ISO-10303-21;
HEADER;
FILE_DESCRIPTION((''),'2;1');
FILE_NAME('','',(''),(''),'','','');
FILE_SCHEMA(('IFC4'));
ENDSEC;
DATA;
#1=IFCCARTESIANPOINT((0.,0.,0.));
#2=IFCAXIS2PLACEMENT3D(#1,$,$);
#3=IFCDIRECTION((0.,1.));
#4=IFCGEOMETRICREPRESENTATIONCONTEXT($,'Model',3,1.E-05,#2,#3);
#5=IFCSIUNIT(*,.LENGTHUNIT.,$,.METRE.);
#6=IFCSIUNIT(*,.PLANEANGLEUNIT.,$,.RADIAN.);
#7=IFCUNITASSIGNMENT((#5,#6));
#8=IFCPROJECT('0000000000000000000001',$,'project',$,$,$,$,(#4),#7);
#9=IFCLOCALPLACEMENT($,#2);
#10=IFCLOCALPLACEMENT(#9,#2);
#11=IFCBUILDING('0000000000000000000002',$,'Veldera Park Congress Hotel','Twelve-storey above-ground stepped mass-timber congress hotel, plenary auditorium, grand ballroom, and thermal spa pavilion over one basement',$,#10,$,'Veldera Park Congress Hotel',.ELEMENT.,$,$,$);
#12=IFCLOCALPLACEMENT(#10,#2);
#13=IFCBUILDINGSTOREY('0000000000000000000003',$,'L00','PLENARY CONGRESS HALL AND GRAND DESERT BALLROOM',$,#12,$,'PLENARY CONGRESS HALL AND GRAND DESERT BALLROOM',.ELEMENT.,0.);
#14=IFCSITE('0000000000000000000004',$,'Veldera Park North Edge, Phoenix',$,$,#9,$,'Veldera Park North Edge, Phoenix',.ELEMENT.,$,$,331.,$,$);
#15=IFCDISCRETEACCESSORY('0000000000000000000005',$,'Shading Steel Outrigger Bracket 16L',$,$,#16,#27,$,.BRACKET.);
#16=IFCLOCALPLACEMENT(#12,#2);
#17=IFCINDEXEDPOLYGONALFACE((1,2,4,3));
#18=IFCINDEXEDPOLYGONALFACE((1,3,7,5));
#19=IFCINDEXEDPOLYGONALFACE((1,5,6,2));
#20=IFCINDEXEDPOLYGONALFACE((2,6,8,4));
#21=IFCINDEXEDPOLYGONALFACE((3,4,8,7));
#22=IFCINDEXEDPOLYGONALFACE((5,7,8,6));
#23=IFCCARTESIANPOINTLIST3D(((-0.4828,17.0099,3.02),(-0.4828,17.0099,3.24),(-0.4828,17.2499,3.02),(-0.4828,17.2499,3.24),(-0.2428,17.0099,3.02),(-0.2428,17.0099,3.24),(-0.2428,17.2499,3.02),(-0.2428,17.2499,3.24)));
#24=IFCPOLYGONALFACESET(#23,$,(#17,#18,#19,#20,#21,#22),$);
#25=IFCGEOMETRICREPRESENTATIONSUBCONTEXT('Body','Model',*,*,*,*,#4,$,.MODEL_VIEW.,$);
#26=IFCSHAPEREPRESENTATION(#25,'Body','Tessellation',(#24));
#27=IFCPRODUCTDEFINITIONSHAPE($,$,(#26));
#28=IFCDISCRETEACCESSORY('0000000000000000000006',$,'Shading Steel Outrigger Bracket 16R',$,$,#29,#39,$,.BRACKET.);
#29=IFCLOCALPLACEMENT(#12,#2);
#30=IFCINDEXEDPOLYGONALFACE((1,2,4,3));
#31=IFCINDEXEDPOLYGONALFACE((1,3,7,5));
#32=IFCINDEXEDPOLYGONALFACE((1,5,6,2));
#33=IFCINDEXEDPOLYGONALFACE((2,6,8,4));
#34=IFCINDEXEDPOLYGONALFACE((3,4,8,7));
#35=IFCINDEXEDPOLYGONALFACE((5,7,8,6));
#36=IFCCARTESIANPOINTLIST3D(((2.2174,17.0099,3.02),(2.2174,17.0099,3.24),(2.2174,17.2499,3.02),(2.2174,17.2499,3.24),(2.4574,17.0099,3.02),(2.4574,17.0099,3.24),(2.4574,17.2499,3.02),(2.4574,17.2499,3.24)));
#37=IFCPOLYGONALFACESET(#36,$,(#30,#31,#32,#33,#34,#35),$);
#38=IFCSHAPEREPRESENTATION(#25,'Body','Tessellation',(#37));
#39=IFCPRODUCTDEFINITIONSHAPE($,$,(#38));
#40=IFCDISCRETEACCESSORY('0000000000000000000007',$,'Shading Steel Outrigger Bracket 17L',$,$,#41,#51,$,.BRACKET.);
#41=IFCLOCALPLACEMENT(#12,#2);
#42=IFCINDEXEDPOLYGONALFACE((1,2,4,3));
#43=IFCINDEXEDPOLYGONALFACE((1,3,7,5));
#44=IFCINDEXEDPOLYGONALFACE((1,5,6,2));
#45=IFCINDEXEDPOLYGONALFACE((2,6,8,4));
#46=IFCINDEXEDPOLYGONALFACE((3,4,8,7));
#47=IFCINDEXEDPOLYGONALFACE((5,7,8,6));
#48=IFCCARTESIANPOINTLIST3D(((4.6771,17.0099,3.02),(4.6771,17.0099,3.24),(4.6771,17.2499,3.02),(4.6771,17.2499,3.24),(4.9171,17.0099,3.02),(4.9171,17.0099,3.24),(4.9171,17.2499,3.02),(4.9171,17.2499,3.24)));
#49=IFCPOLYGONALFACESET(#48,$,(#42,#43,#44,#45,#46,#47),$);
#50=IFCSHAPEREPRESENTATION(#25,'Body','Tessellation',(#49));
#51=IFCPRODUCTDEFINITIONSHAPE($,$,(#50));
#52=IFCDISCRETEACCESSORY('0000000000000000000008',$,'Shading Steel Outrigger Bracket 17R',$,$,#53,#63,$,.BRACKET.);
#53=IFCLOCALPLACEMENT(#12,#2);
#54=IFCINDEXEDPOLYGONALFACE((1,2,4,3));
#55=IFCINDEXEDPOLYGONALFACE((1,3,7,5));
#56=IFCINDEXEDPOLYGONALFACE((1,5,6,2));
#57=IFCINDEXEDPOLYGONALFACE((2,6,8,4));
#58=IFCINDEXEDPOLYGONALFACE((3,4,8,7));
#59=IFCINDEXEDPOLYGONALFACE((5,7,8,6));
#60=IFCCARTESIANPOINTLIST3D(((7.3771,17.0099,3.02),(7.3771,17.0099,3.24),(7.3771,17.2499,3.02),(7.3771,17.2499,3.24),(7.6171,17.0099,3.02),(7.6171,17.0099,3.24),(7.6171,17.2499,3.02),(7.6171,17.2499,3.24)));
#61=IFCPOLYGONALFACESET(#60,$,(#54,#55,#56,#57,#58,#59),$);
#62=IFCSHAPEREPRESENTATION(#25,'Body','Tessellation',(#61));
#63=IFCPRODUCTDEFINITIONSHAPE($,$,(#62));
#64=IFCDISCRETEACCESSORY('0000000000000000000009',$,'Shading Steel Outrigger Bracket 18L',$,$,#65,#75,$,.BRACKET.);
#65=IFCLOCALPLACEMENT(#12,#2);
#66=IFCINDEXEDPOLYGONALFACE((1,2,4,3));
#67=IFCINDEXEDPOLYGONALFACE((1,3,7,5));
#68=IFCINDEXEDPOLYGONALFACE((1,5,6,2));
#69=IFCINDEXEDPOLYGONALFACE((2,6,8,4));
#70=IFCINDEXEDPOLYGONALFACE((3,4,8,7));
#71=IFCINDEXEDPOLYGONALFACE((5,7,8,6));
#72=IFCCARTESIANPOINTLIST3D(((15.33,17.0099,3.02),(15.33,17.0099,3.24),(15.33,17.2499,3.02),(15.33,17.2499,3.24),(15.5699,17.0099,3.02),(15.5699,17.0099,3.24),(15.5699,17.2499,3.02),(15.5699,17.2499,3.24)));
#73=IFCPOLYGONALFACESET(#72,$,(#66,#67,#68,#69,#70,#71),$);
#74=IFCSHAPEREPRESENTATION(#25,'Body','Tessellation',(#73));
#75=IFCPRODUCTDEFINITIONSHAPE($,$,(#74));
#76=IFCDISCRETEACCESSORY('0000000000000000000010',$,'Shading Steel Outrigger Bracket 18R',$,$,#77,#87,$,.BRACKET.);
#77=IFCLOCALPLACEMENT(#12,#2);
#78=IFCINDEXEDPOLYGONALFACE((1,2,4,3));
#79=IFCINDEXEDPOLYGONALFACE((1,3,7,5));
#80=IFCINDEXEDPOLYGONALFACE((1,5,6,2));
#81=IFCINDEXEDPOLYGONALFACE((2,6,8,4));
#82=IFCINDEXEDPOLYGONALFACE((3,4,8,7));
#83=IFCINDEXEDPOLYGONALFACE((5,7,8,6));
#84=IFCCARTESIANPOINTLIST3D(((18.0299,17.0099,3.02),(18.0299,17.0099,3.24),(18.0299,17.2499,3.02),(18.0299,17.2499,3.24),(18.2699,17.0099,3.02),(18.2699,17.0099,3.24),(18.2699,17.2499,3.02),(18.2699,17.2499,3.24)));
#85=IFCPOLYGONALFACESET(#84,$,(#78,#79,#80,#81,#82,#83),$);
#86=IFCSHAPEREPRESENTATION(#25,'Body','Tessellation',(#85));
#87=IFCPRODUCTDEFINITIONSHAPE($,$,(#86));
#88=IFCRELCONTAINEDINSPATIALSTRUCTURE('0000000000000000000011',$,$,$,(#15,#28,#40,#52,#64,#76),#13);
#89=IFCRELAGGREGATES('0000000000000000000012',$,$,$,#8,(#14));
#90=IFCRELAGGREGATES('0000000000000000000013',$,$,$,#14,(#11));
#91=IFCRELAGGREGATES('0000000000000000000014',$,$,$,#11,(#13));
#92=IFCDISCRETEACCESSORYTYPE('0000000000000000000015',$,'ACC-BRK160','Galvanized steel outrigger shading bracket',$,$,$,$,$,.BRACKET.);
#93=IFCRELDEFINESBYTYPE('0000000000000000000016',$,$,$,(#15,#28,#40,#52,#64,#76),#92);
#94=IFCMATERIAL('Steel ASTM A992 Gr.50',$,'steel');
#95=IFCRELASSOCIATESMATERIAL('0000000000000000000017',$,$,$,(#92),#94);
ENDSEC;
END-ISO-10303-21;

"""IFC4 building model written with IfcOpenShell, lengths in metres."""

from ifc_helpers import new_model, si_unit, direction, frame, origin, origin_2d, place, context, subcontext, project, spatial, rectangle, extrude, material, type_object, element, save


model = new_model("IFC4")

# Units and contexts
model_context = context("Model", 3, precision=1e-05, world=origin(), true_north=direction((0.0, 1.0)))
body_context = subcontext(model_context, "Body", "Model", "MODEL_VIEW")
ifc_project = project(units=[si_unit("LENGTHUNIT", "METRE"), si_unit("PLANEANGLEUNIT", "RADIAN")], contexts=[model_context])

# Site, building, storey
site_placement = place(None, origin())
site = spatial("IfcSite", under=ifc_project, at=site_placement, Name="Veldera Park North Edge, Phoenix", LongName="Veldera Park North Edge, Phoenix", CompositionType="ELEMENT", RefElevation=331.0)
building_placement = place(site_placement, origin())
building = spatial("IfcBuilding", under=site, at=building_placement, Name="Veldera Park Congress Hotel", Description="Twelve-storey above-ground stepped mass-timber congress hotel, plenary auditorium, grand ballroom, and thermal spa pavilion over one basement", LongName="Veldera Park Congress Hotel", CompositionType="ELEMENT")
storey_placement = place(building_placement, origin())
storey = spatial("IfcBuildingStorey", under=building, at=storey_placement, Name="L00", Description="PLENARY CONGRESS HALL AND GRAND DESERT BALLROOM", LongName="PLENARY CONGRESS HALL AND GRAND DESERT BALLROOM", CompositionType="ELEMENT", Elevation=0.0)

# Shared definitions
ifc_material_1 = material(Name="Steel ASTM A992 Gr.50", Category="steel")

# Discrete accessories
discrete_accessory_type = type_object("IfcDiscreteAccessoryType", Name="ACC-BRK160", Description="Galvanized steel outrigger shading bracket", PredefinedType="BRACKET", material=ifc_material_1)
for number, where, z_axis, x_axis, name in (
    (1, (-0.3628, 17.1299, 3.02), (0.0, 0.0, 1.0), (1.0, 0.0, 0.0), "Shading Steel Outrigger Bracket 16L"),
    (2, (2.3374, 17.1299, 3.02), (0.0, 0.0, 1.0), (1.0, 0.0, 0.0), "Shading Steel Outrigger Bracket 16R"),
    (3, (4.7971, 17.1299, 3.02), (0.0, 0.0, 1.0), (1.0, 0.0, 0.0), "Shading Steel Outrigger Bracket 17L"),
    (4, (7.4971, 17.1299, 3.02), (0.0, 0.0, 1.0), (1.0, 0.0, 0.0), "Shading Steel Outrigger Bracket 17R"),
    (5, (15.45, 17.1299, 3.02), (0.0, 0.0, 1.0), (1.0, 0.0, 0.0), "Shading Steel Outrigger Bracket 18L"),
    (6, (18.1499, 17.1299, 3.02), (0.0, 0.0, 1.0), (1.0, 0.0, 0.0), "Shading Steel Outrigger Bracket 18R"),
):
    element("IfcDiscreteAccessory", number, at=place(storey_placement, frame(where, z_axis=z_axis, x_axis=x_axis)), inside=storey, type_object=discrete_accessory_type, Name=name, PredefinedType="BRACKET", context=body_context, shape_type="SweptSolid", body=[
        extrude(rectangle(XDim=0.24, YDim=0.24, at=origin_2d()), origin(), (0.0, 0.0, 1.0), 0.22),
    ])

save(model, "model.ifc")
